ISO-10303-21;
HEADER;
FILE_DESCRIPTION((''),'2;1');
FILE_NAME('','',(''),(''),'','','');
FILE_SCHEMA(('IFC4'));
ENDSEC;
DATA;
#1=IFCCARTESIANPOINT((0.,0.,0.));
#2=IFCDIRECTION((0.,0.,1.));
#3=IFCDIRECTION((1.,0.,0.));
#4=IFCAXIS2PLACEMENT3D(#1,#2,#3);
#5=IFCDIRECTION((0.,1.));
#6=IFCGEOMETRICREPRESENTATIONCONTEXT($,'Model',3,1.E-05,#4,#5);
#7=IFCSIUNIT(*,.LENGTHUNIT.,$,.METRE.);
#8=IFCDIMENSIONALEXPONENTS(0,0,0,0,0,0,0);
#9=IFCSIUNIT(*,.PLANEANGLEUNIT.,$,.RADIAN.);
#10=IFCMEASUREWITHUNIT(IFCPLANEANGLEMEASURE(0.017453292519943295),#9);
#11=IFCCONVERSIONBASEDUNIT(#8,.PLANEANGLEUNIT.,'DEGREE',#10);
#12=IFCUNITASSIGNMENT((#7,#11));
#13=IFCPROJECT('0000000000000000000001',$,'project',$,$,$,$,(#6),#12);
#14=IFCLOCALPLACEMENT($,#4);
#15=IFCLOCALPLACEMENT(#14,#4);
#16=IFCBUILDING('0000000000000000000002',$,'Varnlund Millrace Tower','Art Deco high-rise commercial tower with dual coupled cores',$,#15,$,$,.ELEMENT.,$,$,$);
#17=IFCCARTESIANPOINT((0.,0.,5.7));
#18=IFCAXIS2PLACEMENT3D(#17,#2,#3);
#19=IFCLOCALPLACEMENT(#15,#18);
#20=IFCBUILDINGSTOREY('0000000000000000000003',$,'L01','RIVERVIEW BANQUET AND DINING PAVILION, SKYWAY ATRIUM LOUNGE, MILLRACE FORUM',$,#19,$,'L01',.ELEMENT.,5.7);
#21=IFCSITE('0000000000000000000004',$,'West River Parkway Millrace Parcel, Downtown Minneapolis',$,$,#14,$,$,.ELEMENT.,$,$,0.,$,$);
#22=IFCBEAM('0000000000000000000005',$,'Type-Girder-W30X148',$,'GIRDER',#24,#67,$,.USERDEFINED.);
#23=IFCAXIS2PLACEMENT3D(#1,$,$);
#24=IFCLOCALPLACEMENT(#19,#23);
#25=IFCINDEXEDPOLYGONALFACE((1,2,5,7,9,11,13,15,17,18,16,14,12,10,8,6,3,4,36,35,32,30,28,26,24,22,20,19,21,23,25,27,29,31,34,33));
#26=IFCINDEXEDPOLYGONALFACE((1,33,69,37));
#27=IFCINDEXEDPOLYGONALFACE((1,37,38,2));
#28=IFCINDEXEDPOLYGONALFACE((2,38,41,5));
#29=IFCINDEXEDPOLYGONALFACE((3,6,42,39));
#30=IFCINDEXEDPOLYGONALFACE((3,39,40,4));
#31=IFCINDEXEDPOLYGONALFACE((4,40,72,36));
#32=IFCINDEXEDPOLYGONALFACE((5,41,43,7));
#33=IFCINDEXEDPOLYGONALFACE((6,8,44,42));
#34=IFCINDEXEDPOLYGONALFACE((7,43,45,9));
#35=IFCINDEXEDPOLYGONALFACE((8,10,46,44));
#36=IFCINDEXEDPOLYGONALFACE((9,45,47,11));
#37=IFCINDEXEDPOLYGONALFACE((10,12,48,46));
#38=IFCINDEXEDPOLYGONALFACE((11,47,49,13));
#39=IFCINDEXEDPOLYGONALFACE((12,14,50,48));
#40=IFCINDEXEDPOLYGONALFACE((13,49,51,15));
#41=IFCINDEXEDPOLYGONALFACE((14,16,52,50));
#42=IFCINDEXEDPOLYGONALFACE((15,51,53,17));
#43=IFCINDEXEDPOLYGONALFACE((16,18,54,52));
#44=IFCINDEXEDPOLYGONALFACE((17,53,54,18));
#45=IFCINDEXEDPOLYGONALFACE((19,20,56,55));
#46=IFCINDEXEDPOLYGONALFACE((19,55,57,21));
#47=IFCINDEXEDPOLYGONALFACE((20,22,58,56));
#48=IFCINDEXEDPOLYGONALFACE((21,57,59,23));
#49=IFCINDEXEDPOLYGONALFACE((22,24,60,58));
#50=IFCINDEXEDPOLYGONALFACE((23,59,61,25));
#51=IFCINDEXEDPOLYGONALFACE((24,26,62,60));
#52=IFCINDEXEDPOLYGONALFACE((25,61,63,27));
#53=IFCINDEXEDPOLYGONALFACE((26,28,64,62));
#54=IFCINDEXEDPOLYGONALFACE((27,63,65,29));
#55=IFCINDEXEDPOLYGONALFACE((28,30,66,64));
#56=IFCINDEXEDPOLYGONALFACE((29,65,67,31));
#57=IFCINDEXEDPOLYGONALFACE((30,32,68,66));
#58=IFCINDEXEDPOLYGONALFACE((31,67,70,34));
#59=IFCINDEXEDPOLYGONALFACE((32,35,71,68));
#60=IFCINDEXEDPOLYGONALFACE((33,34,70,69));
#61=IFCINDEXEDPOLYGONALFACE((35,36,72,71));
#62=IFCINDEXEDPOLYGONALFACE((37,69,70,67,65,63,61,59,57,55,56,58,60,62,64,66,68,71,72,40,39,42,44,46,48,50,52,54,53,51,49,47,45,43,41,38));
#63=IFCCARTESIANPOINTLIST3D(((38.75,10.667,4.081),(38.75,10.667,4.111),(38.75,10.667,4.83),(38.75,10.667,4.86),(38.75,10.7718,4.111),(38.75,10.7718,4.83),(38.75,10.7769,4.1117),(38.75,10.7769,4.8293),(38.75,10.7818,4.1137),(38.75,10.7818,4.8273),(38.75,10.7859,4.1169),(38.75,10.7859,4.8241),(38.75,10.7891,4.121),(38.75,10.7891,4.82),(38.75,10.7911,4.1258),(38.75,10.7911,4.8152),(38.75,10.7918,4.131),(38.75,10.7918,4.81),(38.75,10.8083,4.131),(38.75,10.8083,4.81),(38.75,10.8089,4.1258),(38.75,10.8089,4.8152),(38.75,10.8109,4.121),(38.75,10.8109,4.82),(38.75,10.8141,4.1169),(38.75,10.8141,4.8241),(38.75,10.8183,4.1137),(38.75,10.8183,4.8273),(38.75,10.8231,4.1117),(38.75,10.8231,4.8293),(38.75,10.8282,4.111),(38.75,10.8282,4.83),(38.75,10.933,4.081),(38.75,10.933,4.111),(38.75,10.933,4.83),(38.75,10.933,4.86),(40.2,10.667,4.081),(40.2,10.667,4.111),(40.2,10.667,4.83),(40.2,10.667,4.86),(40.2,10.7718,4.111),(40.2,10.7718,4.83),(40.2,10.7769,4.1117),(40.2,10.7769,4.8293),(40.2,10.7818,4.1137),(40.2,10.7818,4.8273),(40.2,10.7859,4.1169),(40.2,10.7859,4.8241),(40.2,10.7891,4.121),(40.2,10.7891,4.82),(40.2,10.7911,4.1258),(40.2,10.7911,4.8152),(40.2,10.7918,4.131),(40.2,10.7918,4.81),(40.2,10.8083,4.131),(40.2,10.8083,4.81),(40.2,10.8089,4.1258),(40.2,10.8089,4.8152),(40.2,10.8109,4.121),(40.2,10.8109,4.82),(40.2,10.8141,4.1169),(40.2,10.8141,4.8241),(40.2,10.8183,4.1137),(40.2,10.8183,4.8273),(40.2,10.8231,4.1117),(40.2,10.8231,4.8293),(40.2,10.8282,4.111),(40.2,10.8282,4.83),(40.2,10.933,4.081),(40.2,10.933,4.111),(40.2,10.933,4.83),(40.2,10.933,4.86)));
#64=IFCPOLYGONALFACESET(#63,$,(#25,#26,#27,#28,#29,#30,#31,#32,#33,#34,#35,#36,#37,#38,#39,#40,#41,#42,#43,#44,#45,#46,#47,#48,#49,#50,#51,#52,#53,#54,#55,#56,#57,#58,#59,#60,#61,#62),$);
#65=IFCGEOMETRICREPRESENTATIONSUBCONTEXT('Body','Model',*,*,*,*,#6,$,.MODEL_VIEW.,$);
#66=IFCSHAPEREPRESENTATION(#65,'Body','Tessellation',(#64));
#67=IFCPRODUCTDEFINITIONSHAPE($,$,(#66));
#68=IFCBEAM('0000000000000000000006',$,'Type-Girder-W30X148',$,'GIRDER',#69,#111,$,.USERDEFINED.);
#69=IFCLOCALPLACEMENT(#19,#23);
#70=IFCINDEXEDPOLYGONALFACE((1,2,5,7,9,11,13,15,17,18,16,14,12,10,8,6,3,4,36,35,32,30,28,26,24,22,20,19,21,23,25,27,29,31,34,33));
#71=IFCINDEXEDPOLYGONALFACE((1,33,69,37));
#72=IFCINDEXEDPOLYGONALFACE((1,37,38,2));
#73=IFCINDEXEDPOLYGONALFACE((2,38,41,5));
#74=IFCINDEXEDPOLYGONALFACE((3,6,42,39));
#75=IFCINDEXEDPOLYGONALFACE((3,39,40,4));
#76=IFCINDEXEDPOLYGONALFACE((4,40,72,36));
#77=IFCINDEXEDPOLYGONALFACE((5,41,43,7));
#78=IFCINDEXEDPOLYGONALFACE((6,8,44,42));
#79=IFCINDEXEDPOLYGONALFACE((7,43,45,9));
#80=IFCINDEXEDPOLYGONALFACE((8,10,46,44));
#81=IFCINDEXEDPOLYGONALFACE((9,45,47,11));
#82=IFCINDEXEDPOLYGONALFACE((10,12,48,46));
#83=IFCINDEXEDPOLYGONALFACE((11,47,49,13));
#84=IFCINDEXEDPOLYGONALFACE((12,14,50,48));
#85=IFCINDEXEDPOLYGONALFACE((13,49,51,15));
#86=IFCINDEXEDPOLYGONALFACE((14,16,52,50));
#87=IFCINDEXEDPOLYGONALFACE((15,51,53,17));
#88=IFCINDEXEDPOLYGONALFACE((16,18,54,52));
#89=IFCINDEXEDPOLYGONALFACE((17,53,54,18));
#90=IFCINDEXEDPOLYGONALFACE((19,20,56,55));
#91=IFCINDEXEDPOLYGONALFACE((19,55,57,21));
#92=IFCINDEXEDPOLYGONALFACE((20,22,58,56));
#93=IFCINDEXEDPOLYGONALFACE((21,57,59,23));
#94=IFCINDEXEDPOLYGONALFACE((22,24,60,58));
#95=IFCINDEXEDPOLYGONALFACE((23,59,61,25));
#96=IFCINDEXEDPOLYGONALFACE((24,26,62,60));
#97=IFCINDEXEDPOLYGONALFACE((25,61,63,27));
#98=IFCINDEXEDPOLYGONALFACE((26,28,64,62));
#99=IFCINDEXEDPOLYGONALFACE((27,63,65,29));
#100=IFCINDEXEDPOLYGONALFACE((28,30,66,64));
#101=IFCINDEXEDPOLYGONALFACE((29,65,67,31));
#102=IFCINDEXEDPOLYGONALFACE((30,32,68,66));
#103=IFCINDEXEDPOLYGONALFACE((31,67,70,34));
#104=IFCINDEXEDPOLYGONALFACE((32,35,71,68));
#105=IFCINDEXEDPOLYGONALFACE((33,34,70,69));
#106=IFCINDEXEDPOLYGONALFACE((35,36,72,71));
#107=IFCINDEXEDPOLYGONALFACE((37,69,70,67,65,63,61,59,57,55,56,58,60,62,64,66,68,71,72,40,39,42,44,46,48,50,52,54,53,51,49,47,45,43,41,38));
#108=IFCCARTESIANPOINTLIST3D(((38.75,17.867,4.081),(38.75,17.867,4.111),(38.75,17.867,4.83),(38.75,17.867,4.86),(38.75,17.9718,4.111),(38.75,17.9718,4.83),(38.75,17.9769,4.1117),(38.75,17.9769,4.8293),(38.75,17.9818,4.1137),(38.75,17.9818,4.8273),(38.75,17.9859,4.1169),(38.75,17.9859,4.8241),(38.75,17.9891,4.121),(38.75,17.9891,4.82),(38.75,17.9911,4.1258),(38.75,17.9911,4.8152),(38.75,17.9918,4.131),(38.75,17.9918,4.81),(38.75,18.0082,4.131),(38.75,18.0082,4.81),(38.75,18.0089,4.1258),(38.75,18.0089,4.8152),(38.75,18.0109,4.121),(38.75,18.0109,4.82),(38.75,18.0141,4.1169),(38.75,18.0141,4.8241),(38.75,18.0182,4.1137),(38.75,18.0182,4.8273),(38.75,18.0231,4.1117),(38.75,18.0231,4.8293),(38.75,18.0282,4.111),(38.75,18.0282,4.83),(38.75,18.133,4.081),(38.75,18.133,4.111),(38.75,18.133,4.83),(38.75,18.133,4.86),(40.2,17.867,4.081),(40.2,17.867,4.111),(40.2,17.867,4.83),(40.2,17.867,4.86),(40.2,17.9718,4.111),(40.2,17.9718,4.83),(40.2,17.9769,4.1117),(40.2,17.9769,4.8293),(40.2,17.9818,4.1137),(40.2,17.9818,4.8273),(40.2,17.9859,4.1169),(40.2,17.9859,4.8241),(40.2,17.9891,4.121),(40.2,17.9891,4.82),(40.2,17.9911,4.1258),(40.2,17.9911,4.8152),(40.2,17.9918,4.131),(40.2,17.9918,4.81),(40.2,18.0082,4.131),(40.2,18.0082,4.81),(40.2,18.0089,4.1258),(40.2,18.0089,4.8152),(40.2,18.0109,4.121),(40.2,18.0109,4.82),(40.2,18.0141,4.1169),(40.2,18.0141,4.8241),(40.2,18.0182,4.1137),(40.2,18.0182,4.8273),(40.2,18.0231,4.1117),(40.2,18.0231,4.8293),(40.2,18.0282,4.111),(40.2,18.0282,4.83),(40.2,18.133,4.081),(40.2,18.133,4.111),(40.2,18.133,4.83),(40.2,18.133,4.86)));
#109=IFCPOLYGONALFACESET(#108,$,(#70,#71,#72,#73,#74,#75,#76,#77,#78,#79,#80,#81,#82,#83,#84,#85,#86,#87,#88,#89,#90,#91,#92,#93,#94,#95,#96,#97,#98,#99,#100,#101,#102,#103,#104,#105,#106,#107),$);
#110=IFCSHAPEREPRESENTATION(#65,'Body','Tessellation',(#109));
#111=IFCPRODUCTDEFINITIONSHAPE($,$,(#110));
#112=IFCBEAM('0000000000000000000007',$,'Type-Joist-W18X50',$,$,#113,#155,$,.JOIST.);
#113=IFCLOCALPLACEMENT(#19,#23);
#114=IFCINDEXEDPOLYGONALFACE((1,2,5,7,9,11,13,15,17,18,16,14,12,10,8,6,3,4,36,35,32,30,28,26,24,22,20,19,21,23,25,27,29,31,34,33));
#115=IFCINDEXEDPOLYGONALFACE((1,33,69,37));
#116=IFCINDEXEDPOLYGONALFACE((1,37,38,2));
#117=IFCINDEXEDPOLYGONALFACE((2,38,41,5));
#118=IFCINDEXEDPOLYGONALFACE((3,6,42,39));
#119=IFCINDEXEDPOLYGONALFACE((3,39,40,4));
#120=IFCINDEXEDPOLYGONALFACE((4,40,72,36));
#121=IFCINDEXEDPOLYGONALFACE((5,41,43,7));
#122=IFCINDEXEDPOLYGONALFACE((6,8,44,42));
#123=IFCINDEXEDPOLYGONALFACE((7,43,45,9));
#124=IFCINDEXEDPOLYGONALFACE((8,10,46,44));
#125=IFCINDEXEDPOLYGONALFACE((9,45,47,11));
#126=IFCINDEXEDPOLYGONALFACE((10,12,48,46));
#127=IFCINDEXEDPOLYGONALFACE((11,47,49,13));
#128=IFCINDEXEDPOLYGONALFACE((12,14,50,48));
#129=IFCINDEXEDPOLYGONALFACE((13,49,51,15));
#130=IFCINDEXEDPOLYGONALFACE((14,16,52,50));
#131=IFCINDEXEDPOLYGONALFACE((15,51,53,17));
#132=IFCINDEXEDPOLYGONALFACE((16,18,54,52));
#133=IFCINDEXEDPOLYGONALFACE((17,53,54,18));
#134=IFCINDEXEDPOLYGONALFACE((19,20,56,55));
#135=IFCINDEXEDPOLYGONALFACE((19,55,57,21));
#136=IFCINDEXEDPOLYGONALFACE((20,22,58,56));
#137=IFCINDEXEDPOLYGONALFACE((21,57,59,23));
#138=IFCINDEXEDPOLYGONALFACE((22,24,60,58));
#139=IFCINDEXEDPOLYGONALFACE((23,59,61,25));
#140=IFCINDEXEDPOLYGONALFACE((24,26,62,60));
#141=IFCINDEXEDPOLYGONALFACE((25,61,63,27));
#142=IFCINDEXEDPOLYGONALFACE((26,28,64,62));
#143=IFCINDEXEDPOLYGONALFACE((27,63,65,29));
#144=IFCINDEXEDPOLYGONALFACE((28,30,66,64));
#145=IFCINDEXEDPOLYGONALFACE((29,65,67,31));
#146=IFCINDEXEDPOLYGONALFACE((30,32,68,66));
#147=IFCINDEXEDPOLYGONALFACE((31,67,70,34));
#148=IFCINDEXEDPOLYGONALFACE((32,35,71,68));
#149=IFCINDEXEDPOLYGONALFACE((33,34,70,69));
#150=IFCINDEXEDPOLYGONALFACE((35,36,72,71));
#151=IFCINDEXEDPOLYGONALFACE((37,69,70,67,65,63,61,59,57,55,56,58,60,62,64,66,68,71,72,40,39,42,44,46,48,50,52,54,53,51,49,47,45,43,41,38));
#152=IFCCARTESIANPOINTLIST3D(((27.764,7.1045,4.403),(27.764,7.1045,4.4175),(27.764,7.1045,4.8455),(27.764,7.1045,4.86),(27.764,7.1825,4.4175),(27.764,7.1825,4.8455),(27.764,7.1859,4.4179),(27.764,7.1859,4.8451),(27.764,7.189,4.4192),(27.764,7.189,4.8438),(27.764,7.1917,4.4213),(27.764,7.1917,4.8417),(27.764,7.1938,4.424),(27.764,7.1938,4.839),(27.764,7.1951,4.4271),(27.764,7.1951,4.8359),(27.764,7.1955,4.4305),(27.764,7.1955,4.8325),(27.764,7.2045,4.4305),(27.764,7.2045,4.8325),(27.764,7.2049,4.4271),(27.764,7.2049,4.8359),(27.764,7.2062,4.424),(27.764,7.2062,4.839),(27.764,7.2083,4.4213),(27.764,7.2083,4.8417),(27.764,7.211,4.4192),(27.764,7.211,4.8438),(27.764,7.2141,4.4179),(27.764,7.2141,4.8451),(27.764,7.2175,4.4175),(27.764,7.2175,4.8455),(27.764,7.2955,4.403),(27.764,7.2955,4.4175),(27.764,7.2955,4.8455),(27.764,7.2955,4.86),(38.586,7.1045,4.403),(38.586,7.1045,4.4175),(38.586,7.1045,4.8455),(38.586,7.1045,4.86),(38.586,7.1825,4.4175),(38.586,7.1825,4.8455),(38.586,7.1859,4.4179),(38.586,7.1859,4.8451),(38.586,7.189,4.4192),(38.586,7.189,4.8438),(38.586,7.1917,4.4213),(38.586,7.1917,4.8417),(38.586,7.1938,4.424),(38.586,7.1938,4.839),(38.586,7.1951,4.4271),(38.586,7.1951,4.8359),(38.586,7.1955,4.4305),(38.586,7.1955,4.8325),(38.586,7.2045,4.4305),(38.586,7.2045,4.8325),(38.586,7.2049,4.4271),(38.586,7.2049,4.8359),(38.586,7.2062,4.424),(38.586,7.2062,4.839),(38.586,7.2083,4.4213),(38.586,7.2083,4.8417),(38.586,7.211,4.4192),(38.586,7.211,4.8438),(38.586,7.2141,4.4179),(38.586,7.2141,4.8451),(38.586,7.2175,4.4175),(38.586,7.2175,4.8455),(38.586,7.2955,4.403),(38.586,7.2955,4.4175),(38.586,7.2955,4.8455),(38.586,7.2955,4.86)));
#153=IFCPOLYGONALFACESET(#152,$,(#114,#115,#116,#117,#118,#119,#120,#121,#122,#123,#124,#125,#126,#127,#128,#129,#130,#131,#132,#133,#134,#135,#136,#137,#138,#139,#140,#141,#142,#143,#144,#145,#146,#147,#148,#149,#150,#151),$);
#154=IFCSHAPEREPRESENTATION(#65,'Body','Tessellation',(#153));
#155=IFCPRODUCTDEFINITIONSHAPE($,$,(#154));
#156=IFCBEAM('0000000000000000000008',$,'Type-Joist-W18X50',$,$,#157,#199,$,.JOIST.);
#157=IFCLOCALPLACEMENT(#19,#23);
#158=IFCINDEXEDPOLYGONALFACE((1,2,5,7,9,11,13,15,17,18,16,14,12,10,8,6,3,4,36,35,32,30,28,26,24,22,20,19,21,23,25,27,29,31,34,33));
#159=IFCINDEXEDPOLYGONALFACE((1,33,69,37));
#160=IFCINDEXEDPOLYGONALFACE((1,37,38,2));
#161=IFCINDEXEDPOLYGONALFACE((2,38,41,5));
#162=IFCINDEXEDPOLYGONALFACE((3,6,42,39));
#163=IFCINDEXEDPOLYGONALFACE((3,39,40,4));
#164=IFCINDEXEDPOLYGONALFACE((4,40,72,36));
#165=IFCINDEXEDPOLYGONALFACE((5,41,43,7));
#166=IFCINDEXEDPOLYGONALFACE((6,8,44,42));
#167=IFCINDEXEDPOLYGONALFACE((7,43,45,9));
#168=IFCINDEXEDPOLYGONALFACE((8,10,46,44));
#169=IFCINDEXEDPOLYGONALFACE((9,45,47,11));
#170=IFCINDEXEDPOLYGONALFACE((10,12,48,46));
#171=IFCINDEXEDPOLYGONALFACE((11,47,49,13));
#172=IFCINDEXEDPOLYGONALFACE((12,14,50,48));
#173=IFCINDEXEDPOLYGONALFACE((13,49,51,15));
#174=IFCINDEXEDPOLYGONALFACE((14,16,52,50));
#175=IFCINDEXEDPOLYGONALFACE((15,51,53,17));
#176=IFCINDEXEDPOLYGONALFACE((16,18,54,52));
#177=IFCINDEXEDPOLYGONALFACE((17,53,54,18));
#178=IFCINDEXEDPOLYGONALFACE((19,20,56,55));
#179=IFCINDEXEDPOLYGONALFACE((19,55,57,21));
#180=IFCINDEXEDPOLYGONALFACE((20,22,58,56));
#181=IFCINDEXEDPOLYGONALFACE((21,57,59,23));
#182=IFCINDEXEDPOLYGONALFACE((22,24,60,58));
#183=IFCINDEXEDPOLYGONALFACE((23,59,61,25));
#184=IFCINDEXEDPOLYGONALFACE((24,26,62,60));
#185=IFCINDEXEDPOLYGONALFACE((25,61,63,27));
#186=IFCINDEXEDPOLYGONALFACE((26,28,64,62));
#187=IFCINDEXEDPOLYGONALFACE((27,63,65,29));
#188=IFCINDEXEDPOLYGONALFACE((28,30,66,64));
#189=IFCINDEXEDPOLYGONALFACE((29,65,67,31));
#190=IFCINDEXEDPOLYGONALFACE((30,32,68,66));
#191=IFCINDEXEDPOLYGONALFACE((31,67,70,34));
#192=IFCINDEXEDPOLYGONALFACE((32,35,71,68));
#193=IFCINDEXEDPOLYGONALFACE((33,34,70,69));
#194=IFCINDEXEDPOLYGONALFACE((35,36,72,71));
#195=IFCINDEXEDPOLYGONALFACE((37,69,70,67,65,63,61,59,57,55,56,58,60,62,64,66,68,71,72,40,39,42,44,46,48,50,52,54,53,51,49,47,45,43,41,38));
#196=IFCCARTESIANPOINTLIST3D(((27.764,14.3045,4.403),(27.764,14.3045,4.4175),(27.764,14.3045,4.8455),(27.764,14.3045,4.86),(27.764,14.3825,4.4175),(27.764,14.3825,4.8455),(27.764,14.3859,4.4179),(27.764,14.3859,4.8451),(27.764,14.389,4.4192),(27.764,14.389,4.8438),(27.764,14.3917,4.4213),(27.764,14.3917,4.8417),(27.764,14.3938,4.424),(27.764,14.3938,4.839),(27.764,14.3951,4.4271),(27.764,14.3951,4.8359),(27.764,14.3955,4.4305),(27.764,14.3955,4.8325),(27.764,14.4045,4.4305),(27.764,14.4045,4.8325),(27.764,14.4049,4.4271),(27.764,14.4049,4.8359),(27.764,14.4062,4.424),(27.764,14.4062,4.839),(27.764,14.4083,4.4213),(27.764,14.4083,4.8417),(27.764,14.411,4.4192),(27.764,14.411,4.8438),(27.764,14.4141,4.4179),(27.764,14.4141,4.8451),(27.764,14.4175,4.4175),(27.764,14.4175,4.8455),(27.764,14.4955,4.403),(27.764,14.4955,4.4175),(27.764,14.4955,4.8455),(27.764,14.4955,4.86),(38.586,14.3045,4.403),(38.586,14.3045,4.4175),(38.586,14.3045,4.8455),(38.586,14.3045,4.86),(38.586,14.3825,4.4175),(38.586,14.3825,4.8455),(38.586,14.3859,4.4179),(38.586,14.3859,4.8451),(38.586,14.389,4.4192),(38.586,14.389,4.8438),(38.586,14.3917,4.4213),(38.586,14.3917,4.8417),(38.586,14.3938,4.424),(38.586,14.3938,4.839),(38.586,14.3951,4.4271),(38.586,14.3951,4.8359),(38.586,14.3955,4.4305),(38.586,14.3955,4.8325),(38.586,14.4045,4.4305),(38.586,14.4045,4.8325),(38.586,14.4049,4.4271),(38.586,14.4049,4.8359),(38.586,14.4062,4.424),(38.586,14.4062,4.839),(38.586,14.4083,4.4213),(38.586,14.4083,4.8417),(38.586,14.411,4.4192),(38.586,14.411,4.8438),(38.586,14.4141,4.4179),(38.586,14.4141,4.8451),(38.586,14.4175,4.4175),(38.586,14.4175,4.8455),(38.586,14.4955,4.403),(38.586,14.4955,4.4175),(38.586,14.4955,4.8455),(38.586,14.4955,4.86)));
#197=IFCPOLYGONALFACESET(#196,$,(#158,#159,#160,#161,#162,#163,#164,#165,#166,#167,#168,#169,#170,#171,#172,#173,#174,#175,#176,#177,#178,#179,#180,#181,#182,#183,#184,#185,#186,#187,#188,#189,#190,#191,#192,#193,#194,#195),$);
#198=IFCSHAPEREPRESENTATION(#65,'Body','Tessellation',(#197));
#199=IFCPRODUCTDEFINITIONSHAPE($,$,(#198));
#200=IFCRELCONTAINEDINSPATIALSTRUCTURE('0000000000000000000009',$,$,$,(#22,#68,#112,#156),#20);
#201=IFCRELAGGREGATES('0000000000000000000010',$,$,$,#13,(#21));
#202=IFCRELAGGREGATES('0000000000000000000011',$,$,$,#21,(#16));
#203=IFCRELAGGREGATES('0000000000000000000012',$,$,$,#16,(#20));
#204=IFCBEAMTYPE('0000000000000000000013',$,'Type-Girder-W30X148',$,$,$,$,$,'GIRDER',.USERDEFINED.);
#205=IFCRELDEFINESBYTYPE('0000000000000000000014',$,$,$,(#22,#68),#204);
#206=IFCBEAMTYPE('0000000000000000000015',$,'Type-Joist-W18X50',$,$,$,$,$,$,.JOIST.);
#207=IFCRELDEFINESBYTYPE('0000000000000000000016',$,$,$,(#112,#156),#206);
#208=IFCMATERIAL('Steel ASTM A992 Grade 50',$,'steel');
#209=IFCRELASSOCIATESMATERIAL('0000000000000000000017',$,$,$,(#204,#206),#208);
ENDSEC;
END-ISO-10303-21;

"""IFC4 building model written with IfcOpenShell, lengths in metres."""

from ifc_helpers import new_model, entity, si_unit, converted_unit, direction, frame, origin_with_axes, origin_2d_with_axis, place, context, subcontext, project, spatial, i_section, extrude, material, material_profile, profile_set, type_object, element, save


model = new_model("IFC4")

# Units and contexts
model_context = context("Model", 3, precision=1e-05, world=origin_with_axes(), true_north=direction((0.0, 1.0)))
body_context = subcontext(model_context, "Body", "Model", "MODEL_VIEW")
ifc_project = project(units=[si_unit("LENGTHUNIT", "METRE"), converted_unit("PLANEANGLEUNIT", "DEGREE", entity("IfcPlaneAngleMeasure", 0.017453292519943295), si_unit("PLANEANGLEUNIT", "RADIAN"), dimensions=[0, 0, 0, 0, 0, 0, 0])], contexts=[model_context])

# Site, building, storey
site_placement = place(None, origin_with_axes())
site = spatial("IfcSite", under=ifc_project, at=site_placement, Name="West River Parkway Millrace Parcel, Downtown Minneapolis", CompositionType="ELEMENT", RefElevation=0.0)
building_placement = place(site_placement, origin_with_axes())
building = spatial("IfcBuilding", under=site, at=building_placement, Name="Varnlund Millrace Tower", Description="Art Deco high-rise commercial tower with dual coupled cores", CompositionType="ELEMENT")
storey_placement = place(building_placement, frame((0.0, 0.0, 5.7), z_axis=(0.0, 0.0, 1.0), x_axis=(1.0, 0.0, 0.0)))
storey = spatial("IfcBuildingStorey", under=building, at=storey_placement, Name="L01", Description="RIVERVIEW BANQUET AND DINING PAVILION, SKYWAY ATRIUM LOUNGE, MILLRACE FORUM", LongName="L01", CompositionType="ELEMENT", Elevation=5.7)

# Beams
ifc_material_1 = material(Name="Steel ASTM A992 Grade 50", Category="steel")
ifc_material_profile_1 = material_profile(ifc_material_1, i_section(OverallWidth=0.266, OverallDepth=0.779, WebThickness=0.0165, FlangeThickness=0.03, FilletRadius=0.02, at=origin_2d_with_axis()), Name="Steel ASTM A992 Grade 50")
ifc_profile_set_1 = profile_set([ifc_material_profile_1], Name="Steel ASTM A992 Grade 50")
beam_type_1 = type_object("IfcBeamType", Name="Type-Girder-W30X148", ElementType="GIRDER", PredefinedType="USERDEFINED", material=ifc_profile_set_1)
for number, where, z_axis, x_axis, name in (
    (1, (38.75, 10.8, 4.4705), (1.0, 0.0, 0.0), (0.0, 1.0, 0.0), "Type-Girder-W30X148"),
    (2, (38.75, 18.0, 4.4705), (1.0, 0.0, 0.0), (0.0, 1.0, 0.0), "Type-Girder-W30X148"),
):
    element("IfcBeam", number, at=place(storey_placement, frame(where, z_axis=z_axis, x_axis=x_axis)), inside=storey, type_object=beam_type_1, Name=name, ObjectType="GIRDER", PredefinedType="USERDEFINED", context=body_context, shape_type="SweptSolid", body=[
        extrude(i_section(OverallWidth=0.266, OverallDepth=0.779, WebThickness=0.0165, FlangeThickness=0.03, FilletRadius=0.02, at=origin_2d_with_axis()), origin_with_axes(), (0.0, 0.0, 1.0), 1.45),
    ])
ifc_material_profile_2 = material_profile(ifc_material_1, i_section(OverallWidth=0.191, OverallDepth=0.457, WebThickness=0.009, FlangeThickness=0.0145, FilletRadius=0.013, at=origin_2d_with_axis()), Name="Steel ASTM A992 Grade 50")
ifc_profile_set_2 = profile_set([ifc_material_profile_2], Name="Steel ASTM A992 Grade 50")
beam_type_2 = type_object("IfcBeamType", Name="Type-Joist-W18X50", PredefinedType="JOIST", material=ifc_profile_set_2)
for number, where, z_axis, x_axis, name in (
    (3, (27.764, 7.2, 4.6315), (1.0, 0.0, 0.0), (0.0, 1.0, 0.0), "Type-Joist-W18X50"),
    (4, (27.764, 14.4, 4.6315), (1.0, 0.0, 0.0), (0.0, 1.0, 0.0), "Type-Joist-W18X50"),
):
    element("IfcBeam", number, at=place(storey_placement, frame(where, z_axis=z_axis, x_axis=x_axis)), inside=storey, type_object=beam_type_2, Name=name, PredefinedType="JOIST", context=body_context, shape_type="SweptSolid", body=[
        extrude(i_section(OverallWidth=0.191, OverallDepth=0.457, WebThickness=0.009, FlangeThickness=0.0145, FilletRadius=0.013, at=origin_2d_with_axis()), origin_with_axes(), (0.0, 0.0, 1.0), 10.822),
    ])

save(model, "model.ifc")
